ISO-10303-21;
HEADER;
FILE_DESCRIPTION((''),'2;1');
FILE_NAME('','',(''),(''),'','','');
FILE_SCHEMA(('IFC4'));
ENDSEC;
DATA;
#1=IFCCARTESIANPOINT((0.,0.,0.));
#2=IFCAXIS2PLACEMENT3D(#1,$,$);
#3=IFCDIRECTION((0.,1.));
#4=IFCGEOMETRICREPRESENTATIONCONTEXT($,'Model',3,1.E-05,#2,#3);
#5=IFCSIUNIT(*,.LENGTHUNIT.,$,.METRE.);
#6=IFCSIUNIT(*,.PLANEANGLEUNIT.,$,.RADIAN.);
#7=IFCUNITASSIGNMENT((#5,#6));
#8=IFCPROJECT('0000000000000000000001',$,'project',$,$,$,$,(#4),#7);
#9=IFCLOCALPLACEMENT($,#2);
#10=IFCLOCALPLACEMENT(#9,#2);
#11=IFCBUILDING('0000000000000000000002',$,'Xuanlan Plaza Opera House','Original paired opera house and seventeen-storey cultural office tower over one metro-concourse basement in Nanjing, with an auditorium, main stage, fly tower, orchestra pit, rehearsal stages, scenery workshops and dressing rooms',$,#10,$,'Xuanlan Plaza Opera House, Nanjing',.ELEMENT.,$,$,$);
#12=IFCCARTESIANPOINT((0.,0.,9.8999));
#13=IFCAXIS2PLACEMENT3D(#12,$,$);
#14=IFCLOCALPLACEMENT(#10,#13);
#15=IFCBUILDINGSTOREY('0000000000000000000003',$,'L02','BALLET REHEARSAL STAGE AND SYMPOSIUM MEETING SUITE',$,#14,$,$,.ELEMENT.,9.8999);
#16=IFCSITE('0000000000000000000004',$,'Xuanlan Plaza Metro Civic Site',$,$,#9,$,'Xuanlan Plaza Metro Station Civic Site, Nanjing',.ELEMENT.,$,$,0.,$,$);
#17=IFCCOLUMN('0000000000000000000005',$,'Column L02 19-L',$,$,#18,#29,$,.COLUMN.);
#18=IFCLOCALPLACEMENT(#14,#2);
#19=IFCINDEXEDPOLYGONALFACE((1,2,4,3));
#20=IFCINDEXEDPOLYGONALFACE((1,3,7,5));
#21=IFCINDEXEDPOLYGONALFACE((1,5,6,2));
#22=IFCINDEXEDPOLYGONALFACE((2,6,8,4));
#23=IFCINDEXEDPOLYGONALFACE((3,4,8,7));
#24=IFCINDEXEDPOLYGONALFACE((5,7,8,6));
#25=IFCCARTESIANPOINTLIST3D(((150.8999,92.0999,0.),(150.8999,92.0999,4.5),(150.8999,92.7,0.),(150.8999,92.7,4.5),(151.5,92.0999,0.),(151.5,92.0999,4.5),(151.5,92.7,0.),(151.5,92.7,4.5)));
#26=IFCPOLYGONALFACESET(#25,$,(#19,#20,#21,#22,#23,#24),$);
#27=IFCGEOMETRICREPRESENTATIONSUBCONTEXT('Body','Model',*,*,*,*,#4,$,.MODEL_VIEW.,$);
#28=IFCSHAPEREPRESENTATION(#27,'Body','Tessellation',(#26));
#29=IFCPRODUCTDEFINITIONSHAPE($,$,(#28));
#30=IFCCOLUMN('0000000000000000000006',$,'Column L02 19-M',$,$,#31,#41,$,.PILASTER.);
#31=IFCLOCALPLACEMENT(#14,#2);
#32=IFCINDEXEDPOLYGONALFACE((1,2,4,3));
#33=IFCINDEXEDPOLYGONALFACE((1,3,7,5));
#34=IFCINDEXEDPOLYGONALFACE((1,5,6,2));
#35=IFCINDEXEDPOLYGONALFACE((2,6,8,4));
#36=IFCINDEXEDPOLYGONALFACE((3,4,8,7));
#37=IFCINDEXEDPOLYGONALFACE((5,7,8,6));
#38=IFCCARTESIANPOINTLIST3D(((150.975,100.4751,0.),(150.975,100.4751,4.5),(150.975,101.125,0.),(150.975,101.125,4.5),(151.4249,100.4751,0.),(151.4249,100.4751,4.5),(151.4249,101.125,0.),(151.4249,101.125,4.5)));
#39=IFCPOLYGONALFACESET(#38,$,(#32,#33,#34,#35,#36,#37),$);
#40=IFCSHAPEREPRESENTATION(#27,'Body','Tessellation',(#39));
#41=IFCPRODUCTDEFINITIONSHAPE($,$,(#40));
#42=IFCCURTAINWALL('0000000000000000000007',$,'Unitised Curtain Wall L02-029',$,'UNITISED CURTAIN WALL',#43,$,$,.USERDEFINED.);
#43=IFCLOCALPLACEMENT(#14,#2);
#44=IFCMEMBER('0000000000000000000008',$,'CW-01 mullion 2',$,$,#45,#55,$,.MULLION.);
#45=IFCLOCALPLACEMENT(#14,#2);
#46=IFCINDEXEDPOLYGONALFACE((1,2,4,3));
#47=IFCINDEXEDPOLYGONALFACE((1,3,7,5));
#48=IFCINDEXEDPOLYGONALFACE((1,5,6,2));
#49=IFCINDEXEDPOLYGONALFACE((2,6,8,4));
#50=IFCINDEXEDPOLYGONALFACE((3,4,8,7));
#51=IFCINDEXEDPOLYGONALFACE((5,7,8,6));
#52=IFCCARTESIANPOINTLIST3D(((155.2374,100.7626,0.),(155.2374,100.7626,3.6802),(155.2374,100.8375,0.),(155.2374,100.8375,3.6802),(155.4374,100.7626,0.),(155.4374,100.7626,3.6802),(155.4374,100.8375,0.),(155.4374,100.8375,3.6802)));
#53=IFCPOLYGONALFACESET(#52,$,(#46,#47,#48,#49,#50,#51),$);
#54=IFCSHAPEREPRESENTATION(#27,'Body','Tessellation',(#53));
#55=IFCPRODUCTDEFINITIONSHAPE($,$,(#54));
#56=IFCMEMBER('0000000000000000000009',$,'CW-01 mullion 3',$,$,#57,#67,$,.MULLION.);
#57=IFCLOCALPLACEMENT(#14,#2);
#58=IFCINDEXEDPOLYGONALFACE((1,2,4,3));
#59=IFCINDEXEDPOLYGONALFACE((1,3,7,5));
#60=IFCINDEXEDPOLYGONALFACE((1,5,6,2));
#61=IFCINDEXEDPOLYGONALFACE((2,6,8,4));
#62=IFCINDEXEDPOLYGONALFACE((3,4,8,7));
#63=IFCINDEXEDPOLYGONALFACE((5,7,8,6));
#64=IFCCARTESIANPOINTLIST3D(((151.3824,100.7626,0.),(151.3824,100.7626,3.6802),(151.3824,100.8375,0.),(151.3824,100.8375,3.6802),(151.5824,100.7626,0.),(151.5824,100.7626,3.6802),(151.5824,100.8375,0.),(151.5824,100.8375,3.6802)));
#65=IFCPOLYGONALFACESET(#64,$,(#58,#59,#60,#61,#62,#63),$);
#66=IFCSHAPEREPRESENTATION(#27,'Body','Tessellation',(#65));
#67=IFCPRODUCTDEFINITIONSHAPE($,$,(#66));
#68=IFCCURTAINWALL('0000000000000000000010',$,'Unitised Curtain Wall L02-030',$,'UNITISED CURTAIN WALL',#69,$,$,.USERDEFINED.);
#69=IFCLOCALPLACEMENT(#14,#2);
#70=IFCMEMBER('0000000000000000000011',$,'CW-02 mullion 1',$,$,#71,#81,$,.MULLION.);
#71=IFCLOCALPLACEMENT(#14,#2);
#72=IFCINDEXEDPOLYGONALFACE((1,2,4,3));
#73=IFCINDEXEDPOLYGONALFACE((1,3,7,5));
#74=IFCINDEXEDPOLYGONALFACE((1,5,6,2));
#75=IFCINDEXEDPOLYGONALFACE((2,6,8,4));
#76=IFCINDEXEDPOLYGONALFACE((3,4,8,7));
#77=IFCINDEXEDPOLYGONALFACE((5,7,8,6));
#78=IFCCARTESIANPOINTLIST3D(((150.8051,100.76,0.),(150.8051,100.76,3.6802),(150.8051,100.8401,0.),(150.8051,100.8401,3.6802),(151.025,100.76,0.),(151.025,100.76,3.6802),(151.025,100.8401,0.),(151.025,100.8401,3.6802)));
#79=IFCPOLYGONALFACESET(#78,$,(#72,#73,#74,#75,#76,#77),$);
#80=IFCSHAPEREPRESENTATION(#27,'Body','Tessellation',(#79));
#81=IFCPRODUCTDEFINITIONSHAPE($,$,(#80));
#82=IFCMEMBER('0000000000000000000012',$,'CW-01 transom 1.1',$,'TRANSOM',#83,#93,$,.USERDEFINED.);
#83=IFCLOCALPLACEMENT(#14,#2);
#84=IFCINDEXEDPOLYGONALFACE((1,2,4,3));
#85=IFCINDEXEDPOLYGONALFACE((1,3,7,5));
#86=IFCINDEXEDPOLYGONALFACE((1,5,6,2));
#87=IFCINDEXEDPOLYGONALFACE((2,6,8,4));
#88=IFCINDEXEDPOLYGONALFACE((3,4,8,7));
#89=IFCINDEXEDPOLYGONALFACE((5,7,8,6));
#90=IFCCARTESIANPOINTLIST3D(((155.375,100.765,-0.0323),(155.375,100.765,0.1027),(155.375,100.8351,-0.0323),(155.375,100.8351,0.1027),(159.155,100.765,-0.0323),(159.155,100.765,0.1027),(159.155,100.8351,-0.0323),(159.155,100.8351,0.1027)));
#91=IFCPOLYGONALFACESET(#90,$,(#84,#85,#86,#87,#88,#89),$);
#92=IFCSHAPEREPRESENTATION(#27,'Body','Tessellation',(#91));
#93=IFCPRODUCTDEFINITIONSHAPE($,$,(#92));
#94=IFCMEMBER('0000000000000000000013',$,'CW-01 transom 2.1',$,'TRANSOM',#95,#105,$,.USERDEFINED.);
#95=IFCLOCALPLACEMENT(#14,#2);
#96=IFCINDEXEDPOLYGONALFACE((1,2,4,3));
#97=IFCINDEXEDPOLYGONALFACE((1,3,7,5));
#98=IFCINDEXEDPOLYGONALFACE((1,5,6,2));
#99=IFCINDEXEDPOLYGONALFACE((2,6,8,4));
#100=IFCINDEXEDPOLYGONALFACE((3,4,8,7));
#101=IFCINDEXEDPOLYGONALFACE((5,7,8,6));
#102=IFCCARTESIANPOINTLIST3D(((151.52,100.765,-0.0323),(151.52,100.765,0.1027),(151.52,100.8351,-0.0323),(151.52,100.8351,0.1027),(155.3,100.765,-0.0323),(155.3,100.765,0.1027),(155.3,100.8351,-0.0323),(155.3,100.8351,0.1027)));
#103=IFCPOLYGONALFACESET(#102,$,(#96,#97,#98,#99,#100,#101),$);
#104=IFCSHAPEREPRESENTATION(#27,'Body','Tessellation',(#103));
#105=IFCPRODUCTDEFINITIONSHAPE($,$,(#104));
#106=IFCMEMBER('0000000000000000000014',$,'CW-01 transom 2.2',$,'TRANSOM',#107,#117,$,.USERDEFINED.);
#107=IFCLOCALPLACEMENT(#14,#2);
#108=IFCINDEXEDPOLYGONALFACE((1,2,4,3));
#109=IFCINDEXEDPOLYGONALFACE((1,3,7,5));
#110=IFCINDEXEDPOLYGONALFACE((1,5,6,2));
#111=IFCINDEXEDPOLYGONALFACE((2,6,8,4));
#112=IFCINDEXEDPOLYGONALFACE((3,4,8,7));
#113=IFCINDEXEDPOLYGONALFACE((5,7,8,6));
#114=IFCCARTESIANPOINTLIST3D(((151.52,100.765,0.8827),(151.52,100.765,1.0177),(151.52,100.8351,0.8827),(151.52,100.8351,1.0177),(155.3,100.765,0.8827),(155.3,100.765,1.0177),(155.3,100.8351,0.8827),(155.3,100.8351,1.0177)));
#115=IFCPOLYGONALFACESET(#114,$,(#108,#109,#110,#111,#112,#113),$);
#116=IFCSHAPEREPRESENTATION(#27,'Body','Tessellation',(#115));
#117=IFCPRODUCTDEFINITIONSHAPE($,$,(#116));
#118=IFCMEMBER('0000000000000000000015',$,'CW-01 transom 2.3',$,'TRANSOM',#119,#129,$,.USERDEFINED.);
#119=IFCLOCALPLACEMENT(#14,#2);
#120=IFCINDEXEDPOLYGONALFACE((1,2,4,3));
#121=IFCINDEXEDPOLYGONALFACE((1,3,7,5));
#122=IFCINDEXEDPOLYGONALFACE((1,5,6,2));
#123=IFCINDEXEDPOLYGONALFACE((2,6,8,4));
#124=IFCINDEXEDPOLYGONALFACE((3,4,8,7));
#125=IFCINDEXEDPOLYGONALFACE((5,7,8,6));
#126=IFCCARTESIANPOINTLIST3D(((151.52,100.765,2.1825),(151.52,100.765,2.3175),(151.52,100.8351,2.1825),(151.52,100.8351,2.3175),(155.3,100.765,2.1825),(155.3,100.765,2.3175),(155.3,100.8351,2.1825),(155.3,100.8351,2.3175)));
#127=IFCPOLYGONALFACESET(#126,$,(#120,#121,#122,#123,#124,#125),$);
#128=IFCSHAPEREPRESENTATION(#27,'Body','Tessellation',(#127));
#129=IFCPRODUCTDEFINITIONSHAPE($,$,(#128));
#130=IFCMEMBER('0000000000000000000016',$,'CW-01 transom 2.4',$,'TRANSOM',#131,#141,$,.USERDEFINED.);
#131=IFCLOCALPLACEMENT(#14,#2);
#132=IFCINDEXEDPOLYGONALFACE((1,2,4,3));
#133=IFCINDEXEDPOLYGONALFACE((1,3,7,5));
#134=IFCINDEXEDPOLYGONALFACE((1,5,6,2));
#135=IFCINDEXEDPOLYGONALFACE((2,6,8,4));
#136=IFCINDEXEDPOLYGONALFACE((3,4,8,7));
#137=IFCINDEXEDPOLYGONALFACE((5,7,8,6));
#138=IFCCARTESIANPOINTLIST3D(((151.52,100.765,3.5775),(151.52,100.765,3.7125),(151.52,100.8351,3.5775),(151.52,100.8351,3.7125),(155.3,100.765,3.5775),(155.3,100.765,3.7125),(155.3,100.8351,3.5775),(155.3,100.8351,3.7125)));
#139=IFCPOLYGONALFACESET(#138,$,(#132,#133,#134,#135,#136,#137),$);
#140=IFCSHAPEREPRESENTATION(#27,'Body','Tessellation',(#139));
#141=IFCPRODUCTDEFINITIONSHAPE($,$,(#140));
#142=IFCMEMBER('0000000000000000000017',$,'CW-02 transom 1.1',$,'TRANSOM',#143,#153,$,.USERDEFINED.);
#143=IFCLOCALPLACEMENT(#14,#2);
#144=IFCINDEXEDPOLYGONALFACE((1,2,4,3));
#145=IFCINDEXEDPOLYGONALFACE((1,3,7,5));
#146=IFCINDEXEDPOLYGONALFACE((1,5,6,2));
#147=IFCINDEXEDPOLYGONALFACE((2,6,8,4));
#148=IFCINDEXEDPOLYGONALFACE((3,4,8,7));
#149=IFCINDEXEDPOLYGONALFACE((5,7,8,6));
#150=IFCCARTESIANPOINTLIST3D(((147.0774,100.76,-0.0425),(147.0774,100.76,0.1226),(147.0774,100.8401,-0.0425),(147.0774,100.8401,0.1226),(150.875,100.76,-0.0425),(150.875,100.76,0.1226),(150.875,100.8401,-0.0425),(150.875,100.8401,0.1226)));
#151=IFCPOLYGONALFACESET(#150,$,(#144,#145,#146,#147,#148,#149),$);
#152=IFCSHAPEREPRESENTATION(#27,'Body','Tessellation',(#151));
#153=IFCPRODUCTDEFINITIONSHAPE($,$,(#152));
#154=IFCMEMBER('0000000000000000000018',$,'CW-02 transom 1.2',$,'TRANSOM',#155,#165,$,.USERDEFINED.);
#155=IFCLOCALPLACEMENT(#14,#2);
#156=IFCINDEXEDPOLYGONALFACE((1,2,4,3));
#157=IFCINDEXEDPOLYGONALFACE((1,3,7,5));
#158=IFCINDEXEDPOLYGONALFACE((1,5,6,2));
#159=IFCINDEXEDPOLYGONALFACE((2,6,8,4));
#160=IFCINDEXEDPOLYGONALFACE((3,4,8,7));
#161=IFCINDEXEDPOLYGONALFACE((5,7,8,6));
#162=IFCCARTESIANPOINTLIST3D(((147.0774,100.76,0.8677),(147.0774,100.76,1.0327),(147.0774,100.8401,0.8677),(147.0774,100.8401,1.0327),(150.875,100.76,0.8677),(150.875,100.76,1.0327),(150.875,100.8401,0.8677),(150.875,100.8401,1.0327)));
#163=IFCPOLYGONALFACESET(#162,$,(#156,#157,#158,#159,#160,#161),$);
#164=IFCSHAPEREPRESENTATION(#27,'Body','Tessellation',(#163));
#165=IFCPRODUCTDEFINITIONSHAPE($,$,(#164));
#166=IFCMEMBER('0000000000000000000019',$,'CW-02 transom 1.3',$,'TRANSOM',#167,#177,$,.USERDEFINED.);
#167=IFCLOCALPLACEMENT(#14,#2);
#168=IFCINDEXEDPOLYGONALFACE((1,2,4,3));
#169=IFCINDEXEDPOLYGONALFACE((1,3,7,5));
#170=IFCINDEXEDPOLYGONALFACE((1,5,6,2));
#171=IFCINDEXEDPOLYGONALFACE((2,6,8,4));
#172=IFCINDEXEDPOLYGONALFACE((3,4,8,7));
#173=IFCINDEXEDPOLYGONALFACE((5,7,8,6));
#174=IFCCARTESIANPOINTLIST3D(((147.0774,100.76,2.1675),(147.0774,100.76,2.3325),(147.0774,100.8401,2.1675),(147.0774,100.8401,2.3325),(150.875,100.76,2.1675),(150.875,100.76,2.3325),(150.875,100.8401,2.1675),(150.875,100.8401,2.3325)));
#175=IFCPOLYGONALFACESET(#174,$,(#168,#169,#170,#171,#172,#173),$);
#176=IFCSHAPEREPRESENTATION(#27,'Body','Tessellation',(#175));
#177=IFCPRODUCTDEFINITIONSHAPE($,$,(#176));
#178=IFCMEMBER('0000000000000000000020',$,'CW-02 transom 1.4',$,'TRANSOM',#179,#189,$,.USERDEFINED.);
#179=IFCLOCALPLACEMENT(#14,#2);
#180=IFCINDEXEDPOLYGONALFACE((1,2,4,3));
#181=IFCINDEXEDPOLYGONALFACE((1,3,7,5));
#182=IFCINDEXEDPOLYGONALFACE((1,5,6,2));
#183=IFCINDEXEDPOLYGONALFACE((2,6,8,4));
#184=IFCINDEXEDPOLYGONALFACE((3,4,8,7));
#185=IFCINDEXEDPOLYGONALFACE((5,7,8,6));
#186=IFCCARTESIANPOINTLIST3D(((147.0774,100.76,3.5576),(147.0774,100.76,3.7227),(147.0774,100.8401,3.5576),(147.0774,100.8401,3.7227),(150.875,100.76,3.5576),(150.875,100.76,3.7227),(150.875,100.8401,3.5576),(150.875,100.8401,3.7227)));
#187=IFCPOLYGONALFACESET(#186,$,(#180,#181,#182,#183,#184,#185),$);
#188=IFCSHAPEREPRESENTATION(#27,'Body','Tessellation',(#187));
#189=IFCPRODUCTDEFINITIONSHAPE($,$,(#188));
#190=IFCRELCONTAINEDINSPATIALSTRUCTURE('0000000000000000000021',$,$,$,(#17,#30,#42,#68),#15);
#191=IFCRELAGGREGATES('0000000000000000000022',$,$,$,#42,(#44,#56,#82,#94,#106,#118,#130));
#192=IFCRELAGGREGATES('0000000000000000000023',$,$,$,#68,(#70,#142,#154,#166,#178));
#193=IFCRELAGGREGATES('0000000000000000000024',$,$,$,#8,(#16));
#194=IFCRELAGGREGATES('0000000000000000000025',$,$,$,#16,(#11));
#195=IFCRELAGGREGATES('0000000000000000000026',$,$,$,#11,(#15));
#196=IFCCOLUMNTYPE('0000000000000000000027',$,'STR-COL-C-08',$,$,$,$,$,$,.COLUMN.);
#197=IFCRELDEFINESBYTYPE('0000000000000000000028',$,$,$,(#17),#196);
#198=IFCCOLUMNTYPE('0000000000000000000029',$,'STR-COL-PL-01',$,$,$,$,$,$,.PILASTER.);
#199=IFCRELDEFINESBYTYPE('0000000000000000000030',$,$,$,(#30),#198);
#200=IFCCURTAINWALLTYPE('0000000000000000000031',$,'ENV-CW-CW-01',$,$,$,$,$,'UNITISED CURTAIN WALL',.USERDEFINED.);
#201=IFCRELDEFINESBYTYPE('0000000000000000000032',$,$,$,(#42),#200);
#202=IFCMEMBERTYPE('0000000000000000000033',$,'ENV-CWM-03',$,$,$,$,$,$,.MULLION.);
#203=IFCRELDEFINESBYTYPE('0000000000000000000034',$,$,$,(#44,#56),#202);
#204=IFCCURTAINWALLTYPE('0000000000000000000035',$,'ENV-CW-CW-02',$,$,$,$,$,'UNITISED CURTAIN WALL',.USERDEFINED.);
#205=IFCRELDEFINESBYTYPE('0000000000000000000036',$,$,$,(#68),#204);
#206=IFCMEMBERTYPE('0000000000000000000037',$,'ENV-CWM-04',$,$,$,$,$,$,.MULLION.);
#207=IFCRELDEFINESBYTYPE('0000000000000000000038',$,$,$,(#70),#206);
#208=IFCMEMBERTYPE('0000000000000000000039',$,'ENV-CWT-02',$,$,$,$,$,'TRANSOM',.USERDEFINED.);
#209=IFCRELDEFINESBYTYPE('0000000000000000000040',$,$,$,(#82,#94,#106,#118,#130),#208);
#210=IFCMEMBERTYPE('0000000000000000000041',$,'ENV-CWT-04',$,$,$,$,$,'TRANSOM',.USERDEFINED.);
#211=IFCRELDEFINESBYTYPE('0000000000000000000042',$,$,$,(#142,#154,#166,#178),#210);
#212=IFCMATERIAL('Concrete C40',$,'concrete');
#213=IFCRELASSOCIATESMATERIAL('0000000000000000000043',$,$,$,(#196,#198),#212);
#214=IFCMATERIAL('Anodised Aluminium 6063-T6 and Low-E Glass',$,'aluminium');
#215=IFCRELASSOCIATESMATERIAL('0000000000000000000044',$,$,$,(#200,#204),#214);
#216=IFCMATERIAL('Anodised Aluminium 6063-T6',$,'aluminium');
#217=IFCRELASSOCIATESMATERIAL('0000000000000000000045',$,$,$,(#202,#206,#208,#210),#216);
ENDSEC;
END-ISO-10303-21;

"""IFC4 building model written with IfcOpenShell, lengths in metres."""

from ifc_helpers import new_model, si_unit, direction, frame, origin, origin_2d, place, context, subcontext, project, spatial, rectangle, extrude, material, material_profile, profile_set, type_object, element, aggregate, save


model = new_model("IFC4")

# Units and contexts
model_context = context("Model", 3, precision=1e-05, world=origin(), true_north=direction((0.0, 1.0)))
body_context = subcontext(model_context, "Body", "Model", "MODEL_VIEW")
ifc_project = project(units=[si_unit("LENGTHUNIT", "METRE"), si_unit("PLANEANGLEUNIT", "RADIAN")], contexts=[model_context])

# Site, building, storey
site_placement = place(None, origin())
site = spatial("IfcSite", under=ifc_project, at=site_placement, Name="Xuanlan Plaza Metro Civic Site", LongName="Xuanlan Plaza Metro Station Civic Site, Nanjing", CompositionType="ELEMENT", RefElevation=0.0)
building_placement = place(site_placement, origin())
building = spatial("IfcBuilding", under=site, at=building_placement, Name="Xuanlan Plaza Opera House", Description="Original paired opera house and seventeen-storey cultural office tower over one metro-concourse basement in Nanjing, with an auditorium, main stage, fly tower, orchestra pit, rehearsal stages, scenery workshops and dressing rooms", LongName="Xuanlan Plaza Opera House, Nanjing", CompositionType="ELEMENT")
storey_placement = place(building_placement, frame((0.0, 0.0, 9.8999)))
storey = spatial("IfcBuildingStorey", under=building, at=storey_placement, Name="L02", Description="BALLET REHEARSAL STAGE AND SYMPOSIUM MEETING SUITE", CompositionType="ELEMENT", Elevation=9.8999)

# Columns
ifc_material_1 = material(Name="Concrete C40", Category="concrete")
ifc_material_profile_1 = material_profile(ifc_material_1, rectangle(XDim=0.6001, YDim=0.6001, at=origin_2d()), Name="RC-COL 600x600")
ifc_profile_set_1 = profile_set([ifc_material_profile_1], Name="Concrete C40")
column_type_1 = type_object("IfcColumnType", Name="STR-COL-C-08", PredefinedType="COLUMN", material=ifc_profile_set_1)
column_1_placement = place(storey_placement, frame((151.2, 92.3999, 0.0), z_axis=(0.0, 0.0, 1.0), x_axis=(1.0, 0.0, 0.0)))
element("IfcColumn", 1, at=column_1_placement, inside=storey, type_object=column_type_1, Name="Column L02 19-L", PredefinedType="COLUMN", context=body_context, shape_type="SweptSolid", body=[
    extrude(rectangle(XDim=0.6001, YDim=0.6001, at=origin_2d()), origin(), (0.0, 0.0, 1.0), 4.5),
])
ifc_material_profile_2 = material_profile(ifc_material_1, rectangle(XDim=0.45, YDim=0.6499, at=origin_2d()), Name="RC-PIL 450x650")
ifc_profile_set_2 = profile_set([ifc_material_profile_2], Name="Concrete C40")
column_type_2 = type_object("IfcColumnType", Name="STR-COL-PL-01", PredefinedType="PILASTER", material=ifc_profile_set_2)
column_2_placement = place(storey_placement, frame((151.2, 100.8, 0.0), z_axis=(0.0, 0.0, 1.0), x_axis=(1.0, 0.0, 0.0)))
element("IfcColumn", 2, at=column_2_placement, inside=storey, type_object=column_type_2, Name="Column L02 19-M", PredefinedType="PILASTER", context=body_context, shape_type="SweptSolid", body=[
    extrude(rectangle(XDim=0.45, YDim=0.6499, at=origin_2d()), origin(), (0.0, 0.0, 1.0), 4.5),
])

# Curtain wall, members
ifc_material_2 = material(Name="Anodised Aluminium 6063-T6 and Low-E Glass", Category="aluminium")
curtain_wall_type_1 = type_object("IfcCurtainWallType", Name="ENV-CW-CW-01", ElementType="UNITISED CURTAIN WALL", PredefinedType="USERDEFINED", material=ifc_material_2)
curtain_wall_1_placement = place(storey_placement, origin())
curtain_wall_1 = element("IfcCurtainWall", 3, at=curtain_wall_1_placement, inside=storey, type_object=curtain_wall_type_1, Name="Unitised Curtain Wall L02-029", ObjectType="UNITISED CURTAIN WALL", PredefinedType="USERDEFINED")
ifc_material_3 = material(Name="Anodised Aluminium 6063-T6", Category="aluminium")
ifc_material_profile_3 = material_profile(ifc_material_3, rectangle(XDim=0.075, YDim=0.2, at=origin_2d()), Name="ALU-M 75x200")
ifc_profile_set_3 = profile_set([ifc_material_profile_3], Name="Anodised Aluminium 6063-T6")
member_type_1 = type_object("IfcMemberType", Name="ENV-CWM-03", PredefinedType="MULLION", material=ifc_profile_set_3)
member_1_placement = place(storey_placement, frame((155.3374, 100.8, 0.0), z_axis=(0.0, 0.0, 1.0), x_axis=(0.0, -1.0, 0.0)))
member_1 = element("IfcMember", 4, at=member_1_placement, type_object=member_type_1, Name="CW-01 mullion 2", PredefinedType="MULLION", context=body_context, shape_type="SweptSolid", body=[
    extrude(rectangle(XDim=0.075, YDim=0.2, at=origin_2d()), origin(), (0.0, 0.0, 1.0), 3.6802),
])
member_2_placement = place(storey_placement, frame((151.4824, 100.8, 0.0), z_axis=(0.0, 0.0, 1.0), x_axis=(0.0, -1.0, 0.0)))
member_2 = element("IfcMember", 5, at=member_2_placement, type_object=member_type_1, Name="CW-01 mullion 3", PredefinedType="MULLION", context=body_context, shape_type="SweptSolid", body=[
    extrude(rectangle(XDim=0.075, YDim=0.2, at=origin_2d()), origin(), (0.0, 0.0, 1.0), 3.6802),
])

# Curtain wall, member
curtain_wall_type_2 = type_object("IfcCurtainWallType", Name="ENV-CW-CW-02", ElementType="UNITISED CURTAIN WALL", PredefinedType="USERDEFINED", material=ifc_material_2)
curtain_wall_2_placement = place(storey_placement, origin())
curtain_wall_2 = element("IfcCurtainWall", 6, at=curtain_wall_2_placement, inside=storey, type_object=curtain_wall_type_2, Name="Unitised Curtain Wall L02-030", ObjectType="UNITISED CURTAIN WALL", PredefinedType="USERDEFINED")
ifc_material_profile_4 = material_profile(ifc_material_3, rectangle(XDim=0.0801, YDim=0.22, at=origin_2d()), Name="ALU-M 80x220")
ifc_profile_set_4 = profile_set([ifc_material_profile_4], Name="Anodised Aluminium 6063-T6")
member_type_2 = type_object("IfcMemberType", Name="ENV-CWM-04", PredefinedType="MULLION", material=ifc_profile_set_4)
member_3_placement = place(storey_placement, frame((150.915, 100.8, 0.0), z_axis=(0.0, 0.0, 1.0), x_axis=(0.0, -1.0, 0.0)))
member_3 = element("IfcMember", 7, at=member_3_placement, type_object=member_type_2, Name="CW-02 mullion 1", PredefinedType="MULLION", context=body_context, shape_type="SweptSolid", body=[
    extrude(rectangle(XDim=0.0801, YDim=0.22, at=origin_2d()), origin(), (0.0, 0.0, 1.0), 3.6802),
])

# Members
ifc_material_profile_5 = material_profile(ifc_material_3, rectangle(XDim=0.0701, YDim=0.135, at=origin_2d()), Name="ALU-T 70x135")
ifc_profile_set_5 = profile_set([ifc_material_profile_5], Name="Anodised Aluminium 6063-T6")
member_type_3 = type_object("IfcMemberType", Name="ENV-CWT-02", ElementType="TRANSOM", PredefinedType="USERDEFINED", material=ifc_profile_set_5)
member_4_placement = place(storey_placement, frame((159.155, 100.8, 0.0352), z_axis=(-1.0, 0.0, 0.0), x_axis=(0.0, -1.0, 0.0)))
member_4 = element("IfcMember", 8, at=member_4_placement, type_object=member_type_3, Name="CW-01 transom 1.1", ObjectType="TRANSOM", PredefinedType="USERDEFINED", context=body_context, shape_type="SweptSolid", body=[
    extrude(rectangle(XDim=0.0701, YDim=0.135, at=origin_2d()), origin(), (0.0, 0.0, 1.0), 3.78),
])
member_5_placement = place(storey_placement, frame((155.3, 100.8, 0.0352), z_axis=(-1.0, 0.0, 0.0), x_axis=(0.0, -1.0, 0.0)))
member_5 = element("IfcMember", 9, at=member_5_placement, type_object=member_type_3, Name="CW-01 transom 2.1", ObjectType="TRANSOM", PredefinedType="USERDEFINED", context=body_context, shape_type="SweptSolid", body=[
    extrude(rectangle(XDim=0.0701, YDim=0.135, at=origin_2d()), origin(), (0.0, 0.0, 1.0), 3.78),
])
member_6_placement = place(storey_placement, frame((155.3, 100.8, 0.9502), z_axis=(-1.0, 0.0, 0.0), x_axis=(0.0, -1.0, 0.0)))
member_6 = element("IfcMember", 10, at=member_6_placement, type_object=member_type_3, Name="CW-01 transom 2.2", ObjectType="TRANSOM", PredefinedType="USERDEFINED", context=body_context, shape_type="SweptSolid", body=[
    extrude(rectangle(XDim=0.0701, YDim=0.135, at=origin_2d()), origin(), (0.0, 0.0, 1.0), 3.78),
])
member_7_placement = place(storey_placement, frame((155.3, 100.8, 2.25), z_axis=(-1.0, 0.0, 0.0), x_axis=(0.0, -1.0, 0.0)))
member_7 = element("IfcMember", 11, at=member_7_placement, type_object=member_type_3, Name="CW-01 transom 2.3", ObjectType="TRANSOM", PredefinedType="USERDEFINED", context=body_context, shape_type="SweptSolid", body=[
    extrude(rectangle(XDim=0.0701, YDim=0.135, at=origin_2d()), origin(), (0.0, 0.0, 1.0), 3.78),
])
member_8_placement = place(storey_placement, frame((155.3, 100.8, 3.645), z_axis=(-1.0, 0.0, 0.0), x_axis=(0.0, -1.0, 0.0)))
member_8 = element("IfcMember", 12, at=member_8_placement, type_object=member_type_3, Name="CW-01 transom 2.4", ObjectType="TRANSOM", PredefinedType="USERDEFINED", context=body_context, shape_type="SweptSolid", body=[
    extrude(rectangle(XDim=0.0701, YDim=0.135, at=origin_2d()), origin(), (0.0, 0.0, 1.0), 3.78),
])
ifc_material_profile_6 = material_profile(ifc_material_3, rectangle(XDim=0.0801, YDim=0.165, at=origin_2d()), Name="ALU-T 80x165")
ifc_profile_set_6 = profile_set([ifc_material_profile_6], Name="Anodised Aluminium 6063-T6")
member_type_4 = type_object("IfcMemberType", Name="ENV-CWT-04", ElementType="TRANSOM", PredefinedType="USERDEFINED", material=ifc_profile_set_6)
member_9_placement = place(storey_placement, frame((150.875, 100.8, 0.04), z_axis=(-1.0, 0.0, 0.0), x_axis=(0.0, -1.0, 0.0)))
member_9 = element("IfcMember", 13, at=member_9_placement, type_object=member_type_4, Name="CW-02 transom 1.1", ObjectType="TRANSOM", PredefinedType="USERDEFINED", context=body_context, shape_type="SweptSolid", body=[
    extrude(rectangle(XDim=0.0801, YDim=0.165, at=origin_2d()), origin(), (0.0, 0.0, 1.0), 3.7976),
])
member_10_placement = place(storey_placement, frame((150.875, 100.8, 0.9502), z_axis=(-1.0, 0.0, 0.0), x_axis=(0.0, -1.0, 0.0)))
member_10 = element("IfcMember", 14, at=member_10_placement, type_object=member_type_4, Name="CW-02 transom 1.2", ObjectType="TRANSOM", PredefinedType="USERDEFINED", context=body_context, shape_type="SweptSolid", body=[
    extrude(rectangle(XDim=0.0801, YDim=0.165, at=origin_2d()), origin(), (0.0, 0.0, 1.0), 3.7976),
])
member_11_placement = place(storey_placement, frame((150.875, 100.8, 2.25), z_axis=(-1.0, 0.0, 0.0), x_axis=(0.0, -1.0, 0.0)))
member_11 = element("IfcMember", 15, at=member_11_placement, type_object=member_type_4, Name="CW-02 transom 1.3", ObjectType="TRANSOM", PredefinedType="USERDEFINED", context=body_context, shape_type="SweptSolid", body=[
    extrude(rectangle(XDim=0.0801, YDim=0.165, at=origin_2d()), origin(), (0.0, 0.0, 1.0), 3.7976),
])
member_12_placement = place(storey_placement, frame((150.875, 100.8, 3.6401), z_axis=(-1.0, 0.0, 0.0), x_axis=(0.0, -1.0, 0.0)))
member_12 = element("IfcMember", 16, at=member_12_placement, type_object=member_type_4, Name="CW-02 transom 1.4", ObjectType="TRANSOM", PredefinedType="USERDEFINED", context=body_context, shape_type="SweptSolid", body=[
    extrude(rectangle(XDim=0.0801, YDim=0.165, at=origin_2d()), origin(), (0.0, 0.0, 1.0), 3.7976),
])

aggregate(curtain_wall_1, [member_1, member_2, member_4, member_5, member_6, member_7, member_8])
aggregate(curtain_wall_2, [member_3, member_9, member_10, member_11, member_12])

save(model, "model.ifc")
